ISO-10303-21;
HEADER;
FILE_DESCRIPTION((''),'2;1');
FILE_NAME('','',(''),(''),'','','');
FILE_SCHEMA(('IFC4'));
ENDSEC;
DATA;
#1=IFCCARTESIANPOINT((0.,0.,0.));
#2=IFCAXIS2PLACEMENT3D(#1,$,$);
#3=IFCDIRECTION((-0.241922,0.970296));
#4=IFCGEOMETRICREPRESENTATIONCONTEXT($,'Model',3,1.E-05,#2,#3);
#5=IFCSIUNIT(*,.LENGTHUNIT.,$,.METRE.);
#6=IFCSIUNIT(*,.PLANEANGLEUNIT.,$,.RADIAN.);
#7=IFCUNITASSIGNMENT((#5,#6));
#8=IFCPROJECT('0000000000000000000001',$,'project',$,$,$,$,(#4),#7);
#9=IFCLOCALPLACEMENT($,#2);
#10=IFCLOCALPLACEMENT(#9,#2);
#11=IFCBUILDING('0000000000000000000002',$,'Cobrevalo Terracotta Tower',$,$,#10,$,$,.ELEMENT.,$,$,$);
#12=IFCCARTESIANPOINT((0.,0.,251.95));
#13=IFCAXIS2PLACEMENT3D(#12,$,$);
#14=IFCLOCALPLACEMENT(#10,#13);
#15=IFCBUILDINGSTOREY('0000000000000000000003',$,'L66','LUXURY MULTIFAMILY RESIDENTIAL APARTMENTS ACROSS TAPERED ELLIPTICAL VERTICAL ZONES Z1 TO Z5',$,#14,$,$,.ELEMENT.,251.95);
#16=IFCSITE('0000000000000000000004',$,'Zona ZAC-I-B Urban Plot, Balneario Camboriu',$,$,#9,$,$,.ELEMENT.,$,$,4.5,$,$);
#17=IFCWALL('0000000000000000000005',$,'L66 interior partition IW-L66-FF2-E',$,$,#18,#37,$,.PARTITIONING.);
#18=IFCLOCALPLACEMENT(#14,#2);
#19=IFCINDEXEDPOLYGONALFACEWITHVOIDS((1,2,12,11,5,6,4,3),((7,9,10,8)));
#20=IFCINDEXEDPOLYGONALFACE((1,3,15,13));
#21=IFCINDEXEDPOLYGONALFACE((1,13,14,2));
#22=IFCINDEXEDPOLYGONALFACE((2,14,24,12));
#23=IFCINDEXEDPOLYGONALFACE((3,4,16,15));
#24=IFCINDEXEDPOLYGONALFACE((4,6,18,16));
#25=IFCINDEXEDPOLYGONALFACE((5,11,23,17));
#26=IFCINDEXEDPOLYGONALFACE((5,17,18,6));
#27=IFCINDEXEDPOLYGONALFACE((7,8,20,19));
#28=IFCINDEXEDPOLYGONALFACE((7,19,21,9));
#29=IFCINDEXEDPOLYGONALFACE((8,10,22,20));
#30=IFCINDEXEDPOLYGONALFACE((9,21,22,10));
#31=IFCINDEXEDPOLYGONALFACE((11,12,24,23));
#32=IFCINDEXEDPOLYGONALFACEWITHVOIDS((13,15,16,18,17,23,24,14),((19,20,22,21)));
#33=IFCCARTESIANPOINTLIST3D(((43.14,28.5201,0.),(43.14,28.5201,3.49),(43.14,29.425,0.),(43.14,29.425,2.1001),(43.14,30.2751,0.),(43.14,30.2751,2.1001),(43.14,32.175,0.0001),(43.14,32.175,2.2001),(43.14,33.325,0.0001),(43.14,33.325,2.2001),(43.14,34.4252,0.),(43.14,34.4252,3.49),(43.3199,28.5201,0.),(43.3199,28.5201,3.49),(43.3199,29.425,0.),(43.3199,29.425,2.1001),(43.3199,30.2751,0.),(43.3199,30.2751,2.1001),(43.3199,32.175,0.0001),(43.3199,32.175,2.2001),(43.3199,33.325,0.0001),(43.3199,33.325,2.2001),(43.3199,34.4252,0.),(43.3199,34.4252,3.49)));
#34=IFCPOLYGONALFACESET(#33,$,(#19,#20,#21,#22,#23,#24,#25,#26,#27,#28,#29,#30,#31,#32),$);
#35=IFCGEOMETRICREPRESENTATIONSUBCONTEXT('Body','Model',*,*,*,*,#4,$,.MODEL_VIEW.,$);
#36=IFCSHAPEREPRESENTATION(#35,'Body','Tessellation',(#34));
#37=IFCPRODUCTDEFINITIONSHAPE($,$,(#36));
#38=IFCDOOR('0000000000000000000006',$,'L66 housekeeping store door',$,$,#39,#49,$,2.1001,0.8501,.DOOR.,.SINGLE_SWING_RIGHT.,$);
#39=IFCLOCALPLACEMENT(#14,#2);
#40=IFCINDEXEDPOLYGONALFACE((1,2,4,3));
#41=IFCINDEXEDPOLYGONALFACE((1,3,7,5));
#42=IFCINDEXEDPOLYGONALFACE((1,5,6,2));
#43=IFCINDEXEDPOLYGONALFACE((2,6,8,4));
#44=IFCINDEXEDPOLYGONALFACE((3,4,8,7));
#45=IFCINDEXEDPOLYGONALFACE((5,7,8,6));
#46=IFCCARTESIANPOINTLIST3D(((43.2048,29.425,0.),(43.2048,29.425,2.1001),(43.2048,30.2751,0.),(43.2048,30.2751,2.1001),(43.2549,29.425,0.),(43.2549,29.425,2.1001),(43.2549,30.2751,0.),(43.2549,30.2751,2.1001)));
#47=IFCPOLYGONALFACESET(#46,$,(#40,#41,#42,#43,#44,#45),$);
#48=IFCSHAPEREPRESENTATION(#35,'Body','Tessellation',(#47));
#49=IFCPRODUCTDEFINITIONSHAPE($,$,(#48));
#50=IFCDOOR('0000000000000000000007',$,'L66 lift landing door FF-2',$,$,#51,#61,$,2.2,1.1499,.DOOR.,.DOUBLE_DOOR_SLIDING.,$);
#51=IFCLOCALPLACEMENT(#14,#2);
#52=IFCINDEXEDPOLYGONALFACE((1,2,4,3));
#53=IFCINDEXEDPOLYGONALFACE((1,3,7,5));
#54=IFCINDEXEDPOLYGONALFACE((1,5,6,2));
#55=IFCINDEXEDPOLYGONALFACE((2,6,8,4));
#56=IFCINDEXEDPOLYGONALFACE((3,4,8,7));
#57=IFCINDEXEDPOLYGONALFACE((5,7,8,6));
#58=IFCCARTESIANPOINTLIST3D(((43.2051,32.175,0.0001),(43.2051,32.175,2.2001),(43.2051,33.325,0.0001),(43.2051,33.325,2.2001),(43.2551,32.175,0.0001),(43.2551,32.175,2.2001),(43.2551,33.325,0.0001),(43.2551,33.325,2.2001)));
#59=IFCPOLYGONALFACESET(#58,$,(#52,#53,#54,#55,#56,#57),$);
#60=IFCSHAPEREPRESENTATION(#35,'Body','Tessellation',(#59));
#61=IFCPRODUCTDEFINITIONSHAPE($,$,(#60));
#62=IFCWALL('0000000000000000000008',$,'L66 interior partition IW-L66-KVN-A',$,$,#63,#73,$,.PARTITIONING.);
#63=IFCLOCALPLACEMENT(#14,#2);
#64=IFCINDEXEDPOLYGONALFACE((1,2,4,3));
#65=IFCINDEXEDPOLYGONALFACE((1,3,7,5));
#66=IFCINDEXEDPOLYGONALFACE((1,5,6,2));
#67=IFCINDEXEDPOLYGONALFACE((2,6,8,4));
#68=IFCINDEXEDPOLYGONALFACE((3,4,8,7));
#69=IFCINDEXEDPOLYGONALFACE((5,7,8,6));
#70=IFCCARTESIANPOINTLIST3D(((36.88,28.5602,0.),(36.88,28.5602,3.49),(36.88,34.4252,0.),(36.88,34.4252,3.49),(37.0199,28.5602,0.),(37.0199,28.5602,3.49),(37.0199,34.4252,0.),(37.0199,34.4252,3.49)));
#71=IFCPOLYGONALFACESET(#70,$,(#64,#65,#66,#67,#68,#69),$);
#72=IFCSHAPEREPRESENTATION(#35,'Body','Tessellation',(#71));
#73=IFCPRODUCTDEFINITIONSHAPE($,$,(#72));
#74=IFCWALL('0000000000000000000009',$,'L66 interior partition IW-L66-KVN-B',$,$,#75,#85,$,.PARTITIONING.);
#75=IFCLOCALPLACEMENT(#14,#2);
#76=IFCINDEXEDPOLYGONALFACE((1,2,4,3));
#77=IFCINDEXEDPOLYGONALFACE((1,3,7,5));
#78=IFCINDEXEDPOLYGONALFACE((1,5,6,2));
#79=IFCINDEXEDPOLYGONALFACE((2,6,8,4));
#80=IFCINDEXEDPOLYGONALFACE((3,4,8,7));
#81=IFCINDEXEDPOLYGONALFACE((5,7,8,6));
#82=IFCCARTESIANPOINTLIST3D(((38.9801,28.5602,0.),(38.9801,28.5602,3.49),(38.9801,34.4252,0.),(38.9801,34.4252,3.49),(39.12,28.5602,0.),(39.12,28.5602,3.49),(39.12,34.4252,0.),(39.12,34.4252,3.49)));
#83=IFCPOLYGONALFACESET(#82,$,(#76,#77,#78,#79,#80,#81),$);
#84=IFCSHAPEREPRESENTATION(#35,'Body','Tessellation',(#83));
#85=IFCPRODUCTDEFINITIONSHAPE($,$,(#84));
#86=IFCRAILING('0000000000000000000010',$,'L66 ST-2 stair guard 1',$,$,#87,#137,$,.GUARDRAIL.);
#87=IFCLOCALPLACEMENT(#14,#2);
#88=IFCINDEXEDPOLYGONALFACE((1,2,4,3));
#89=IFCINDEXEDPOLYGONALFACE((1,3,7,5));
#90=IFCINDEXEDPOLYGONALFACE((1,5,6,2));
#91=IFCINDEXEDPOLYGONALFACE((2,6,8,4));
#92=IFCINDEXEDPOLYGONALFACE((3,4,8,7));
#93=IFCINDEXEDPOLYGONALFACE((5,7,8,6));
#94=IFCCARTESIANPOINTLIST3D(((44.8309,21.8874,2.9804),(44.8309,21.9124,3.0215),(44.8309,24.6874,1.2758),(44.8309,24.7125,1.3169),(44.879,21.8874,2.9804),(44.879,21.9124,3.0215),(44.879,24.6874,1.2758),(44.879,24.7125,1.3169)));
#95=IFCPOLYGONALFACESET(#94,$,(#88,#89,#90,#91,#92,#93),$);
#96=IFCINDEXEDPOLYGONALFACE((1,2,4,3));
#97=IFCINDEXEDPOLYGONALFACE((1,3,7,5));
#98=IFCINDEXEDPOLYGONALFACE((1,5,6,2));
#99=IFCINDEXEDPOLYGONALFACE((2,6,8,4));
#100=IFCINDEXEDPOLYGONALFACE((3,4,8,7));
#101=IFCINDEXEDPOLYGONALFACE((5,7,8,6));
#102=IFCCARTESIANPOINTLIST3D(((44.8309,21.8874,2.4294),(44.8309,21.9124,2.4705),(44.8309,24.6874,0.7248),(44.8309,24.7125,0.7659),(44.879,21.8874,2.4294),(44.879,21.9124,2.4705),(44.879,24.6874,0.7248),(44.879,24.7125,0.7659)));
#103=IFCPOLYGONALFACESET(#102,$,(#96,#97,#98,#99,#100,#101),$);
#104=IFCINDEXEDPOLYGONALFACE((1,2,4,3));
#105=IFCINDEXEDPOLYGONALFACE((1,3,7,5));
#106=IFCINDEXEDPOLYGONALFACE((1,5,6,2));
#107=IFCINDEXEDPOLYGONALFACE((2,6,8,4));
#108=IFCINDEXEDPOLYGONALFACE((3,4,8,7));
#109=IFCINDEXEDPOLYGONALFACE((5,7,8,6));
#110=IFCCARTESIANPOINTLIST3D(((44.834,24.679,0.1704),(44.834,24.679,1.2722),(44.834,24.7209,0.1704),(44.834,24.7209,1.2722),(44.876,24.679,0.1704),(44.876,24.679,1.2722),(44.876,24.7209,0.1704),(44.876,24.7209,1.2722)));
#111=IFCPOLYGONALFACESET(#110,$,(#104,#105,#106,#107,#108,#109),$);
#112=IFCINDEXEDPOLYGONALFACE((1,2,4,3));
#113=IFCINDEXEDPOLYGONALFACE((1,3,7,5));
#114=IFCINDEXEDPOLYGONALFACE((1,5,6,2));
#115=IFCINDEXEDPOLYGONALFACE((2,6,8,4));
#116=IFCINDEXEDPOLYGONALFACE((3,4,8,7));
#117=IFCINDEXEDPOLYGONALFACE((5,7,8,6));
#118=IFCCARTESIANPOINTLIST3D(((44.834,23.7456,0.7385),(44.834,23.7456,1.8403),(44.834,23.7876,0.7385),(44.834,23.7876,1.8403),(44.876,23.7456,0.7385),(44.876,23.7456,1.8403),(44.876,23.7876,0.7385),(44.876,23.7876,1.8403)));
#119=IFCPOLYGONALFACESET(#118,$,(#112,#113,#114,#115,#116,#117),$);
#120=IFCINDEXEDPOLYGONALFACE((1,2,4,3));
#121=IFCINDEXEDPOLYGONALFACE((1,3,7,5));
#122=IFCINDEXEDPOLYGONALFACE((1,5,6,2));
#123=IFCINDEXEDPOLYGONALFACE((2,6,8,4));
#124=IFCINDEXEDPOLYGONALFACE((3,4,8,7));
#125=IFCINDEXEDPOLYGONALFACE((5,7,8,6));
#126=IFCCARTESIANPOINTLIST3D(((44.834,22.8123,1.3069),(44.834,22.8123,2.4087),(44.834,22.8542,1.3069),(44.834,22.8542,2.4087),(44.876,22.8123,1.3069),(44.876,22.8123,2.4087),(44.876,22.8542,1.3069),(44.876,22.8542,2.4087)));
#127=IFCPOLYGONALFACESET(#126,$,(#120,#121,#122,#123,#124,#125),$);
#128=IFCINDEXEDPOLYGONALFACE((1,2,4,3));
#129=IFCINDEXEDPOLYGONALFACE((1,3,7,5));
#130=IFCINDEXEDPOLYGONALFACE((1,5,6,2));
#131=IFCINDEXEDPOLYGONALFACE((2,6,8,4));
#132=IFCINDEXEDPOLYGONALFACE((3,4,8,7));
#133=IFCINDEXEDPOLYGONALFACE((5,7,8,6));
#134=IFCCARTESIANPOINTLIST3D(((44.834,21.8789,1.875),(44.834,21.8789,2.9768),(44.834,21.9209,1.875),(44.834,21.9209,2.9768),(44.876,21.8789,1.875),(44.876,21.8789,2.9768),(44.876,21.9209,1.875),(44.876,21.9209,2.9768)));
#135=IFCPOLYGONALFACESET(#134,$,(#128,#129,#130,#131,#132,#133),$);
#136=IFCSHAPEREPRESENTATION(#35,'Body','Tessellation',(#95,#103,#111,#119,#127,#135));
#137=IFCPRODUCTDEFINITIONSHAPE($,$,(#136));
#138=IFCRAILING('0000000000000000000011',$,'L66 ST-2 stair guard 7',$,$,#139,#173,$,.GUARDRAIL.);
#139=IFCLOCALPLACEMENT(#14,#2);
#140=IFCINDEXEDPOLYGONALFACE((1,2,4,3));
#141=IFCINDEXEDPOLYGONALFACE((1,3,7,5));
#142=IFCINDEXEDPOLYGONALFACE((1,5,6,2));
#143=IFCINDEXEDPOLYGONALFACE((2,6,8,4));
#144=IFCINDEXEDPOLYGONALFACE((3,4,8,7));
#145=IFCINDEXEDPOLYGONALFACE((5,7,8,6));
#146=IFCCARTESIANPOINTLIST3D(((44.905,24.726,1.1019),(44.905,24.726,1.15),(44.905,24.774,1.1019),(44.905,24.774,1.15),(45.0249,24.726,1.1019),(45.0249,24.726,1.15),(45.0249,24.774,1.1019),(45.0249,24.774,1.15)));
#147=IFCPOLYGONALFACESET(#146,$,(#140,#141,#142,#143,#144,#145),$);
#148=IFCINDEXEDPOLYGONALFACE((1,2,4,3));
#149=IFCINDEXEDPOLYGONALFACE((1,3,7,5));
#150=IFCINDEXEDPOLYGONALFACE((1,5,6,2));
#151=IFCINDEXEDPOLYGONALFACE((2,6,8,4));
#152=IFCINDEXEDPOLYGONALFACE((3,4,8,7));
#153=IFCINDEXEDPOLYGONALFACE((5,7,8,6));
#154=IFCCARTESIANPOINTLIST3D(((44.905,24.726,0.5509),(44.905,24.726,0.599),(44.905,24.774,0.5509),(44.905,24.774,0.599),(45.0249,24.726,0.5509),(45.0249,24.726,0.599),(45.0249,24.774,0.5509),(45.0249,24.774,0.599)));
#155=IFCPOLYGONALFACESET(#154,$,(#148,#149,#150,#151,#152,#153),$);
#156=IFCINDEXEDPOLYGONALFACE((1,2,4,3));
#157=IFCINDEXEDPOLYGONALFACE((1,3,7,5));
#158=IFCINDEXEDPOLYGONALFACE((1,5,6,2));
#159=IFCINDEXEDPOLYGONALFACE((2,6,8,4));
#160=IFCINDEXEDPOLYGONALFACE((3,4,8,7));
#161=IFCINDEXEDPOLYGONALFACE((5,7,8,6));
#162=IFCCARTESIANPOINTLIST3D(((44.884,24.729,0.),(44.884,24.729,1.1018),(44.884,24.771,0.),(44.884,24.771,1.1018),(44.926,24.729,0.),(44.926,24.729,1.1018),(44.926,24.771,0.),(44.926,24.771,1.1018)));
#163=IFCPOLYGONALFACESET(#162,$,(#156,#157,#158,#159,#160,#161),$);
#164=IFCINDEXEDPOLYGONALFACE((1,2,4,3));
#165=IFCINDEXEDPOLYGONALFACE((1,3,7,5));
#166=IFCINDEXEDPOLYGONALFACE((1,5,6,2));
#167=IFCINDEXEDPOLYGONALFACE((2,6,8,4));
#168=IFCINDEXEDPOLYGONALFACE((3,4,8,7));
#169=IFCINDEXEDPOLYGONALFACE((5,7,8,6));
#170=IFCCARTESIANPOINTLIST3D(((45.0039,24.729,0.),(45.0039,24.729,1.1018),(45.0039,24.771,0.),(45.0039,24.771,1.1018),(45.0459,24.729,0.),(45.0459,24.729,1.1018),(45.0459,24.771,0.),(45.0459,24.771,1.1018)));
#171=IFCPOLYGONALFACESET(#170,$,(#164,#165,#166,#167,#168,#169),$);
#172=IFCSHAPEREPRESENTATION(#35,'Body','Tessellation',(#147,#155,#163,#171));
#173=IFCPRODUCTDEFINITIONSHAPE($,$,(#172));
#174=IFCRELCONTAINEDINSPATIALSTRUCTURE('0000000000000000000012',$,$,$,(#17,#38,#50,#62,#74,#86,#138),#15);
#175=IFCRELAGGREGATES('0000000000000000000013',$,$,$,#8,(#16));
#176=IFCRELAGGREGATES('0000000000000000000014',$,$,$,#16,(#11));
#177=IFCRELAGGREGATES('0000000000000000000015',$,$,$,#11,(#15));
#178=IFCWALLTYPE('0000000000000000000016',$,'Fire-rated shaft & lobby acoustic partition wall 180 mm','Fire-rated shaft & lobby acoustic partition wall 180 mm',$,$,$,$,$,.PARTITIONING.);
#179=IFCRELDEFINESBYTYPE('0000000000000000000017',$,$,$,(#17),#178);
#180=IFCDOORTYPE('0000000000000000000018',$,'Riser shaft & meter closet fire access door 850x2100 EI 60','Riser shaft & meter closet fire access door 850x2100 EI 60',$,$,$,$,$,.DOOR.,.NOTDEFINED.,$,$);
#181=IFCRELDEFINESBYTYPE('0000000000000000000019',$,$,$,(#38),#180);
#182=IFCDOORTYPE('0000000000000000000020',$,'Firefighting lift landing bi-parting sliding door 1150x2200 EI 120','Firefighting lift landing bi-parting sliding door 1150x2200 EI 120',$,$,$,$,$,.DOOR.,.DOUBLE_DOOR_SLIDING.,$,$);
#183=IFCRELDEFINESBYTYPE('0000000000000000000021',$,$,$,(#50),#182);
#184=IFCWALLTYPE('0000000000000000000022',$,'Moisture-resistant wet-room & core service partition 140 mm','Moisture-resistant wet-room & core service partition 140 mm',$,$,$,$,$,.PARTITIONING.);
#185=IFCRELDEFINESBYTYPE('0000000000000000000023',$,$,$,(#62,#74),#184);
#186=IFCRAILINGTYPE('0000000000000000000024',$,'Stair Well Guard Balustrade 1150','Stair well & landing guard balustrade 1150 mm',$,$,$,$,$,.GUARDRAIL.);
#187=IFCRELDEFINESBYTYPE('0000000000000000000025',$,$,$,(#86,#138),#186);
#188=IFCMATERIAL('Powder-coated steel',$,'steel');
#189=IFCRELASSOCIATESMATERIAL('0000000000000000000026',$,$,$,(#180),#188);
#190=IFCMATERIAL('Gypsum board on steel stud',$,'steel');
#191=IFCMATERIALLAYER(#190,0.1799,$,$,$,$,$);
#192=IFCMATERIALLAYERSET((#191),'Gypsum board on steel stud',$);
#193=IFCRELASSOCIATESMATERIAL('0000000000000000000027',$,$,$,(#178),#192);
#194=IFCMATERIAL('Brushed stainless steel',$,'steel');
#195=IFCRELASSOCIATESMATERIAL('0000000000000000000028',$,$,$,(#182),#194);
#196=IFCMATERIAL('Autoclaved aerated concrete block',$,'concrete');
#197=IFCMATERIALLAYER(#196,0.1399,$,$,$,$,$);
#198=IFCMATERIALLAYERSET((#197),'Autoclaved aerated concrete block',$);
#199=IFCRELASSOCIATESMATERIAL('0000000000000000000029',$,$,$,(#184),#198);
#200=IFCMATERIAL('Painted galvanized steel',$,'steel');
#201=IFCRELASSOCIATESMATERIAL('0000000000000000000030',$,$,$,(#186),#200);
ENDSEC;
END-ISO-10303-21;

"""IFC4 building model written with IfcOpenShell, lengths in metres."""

from ifc_helpers import new_model, si_unit, direction, frame, frame_2d, origin, origin_2d, place, context, subcontext, project, spatial, rectangle, extrude, source, transform, mapped, material, layer, layer_set, type_object, element, fill, save


model = new_model("IFC4")

# Units and contexts
model_context = context("Model", 3, precision=1e-05, world=origin(), true_north=direction((-0.241922, 0.970296)))
body_context = subcontext(model_context, "Body", "Model", "MODEL_VIEW")
ifc_project = project(units=[si_unit("LENGTHUNIT", "METRE"), si_unit("PLANEANGLEUNIT", "RADIAN")], contexts=[model_context])

# Site, building, storey
site_placement = place(None, origin())
site = spatial("IfcSite", under=ifc_project, at=site_placement, Name="Zona ZAC-I-B Urban Plot, Balneario Camboriu", CompositionType="ELEMENT", RefElevation=4.5)
building_placement = place(site_placement, origin())
building = spatial("IfcBuilding", under=site, at=building_placement, Name="Cobrevalo Terracotta Tower", CompositionType="ELEMENT")
storey_placement = place(building_placement, frame((0.0, 0.0, 251.95)))
storey = spatial("IfcBuildingStorey", under=building, at=storey_placement, Name="L66", Description="LUXURY MULTIFAMILY RESIDENTIAL APARTMENTS ACROSS TAPERED ELLIPTICAL VERTICAL ZONES Z1 TO Z5", CompositionType="ELEMENT", Elevation=251.95)

# Shared definitions
ifc_material_1 = material(Name="Gypsum board on steel stud", Category="steel")

# Shared definitions
ifc_material_2 = material(Name="Powder-coated steel", Category="steel")
door_type_1 = type_object("IfcDoorType", Name="Riser shaft & meter closet fire access door 850x2100 EI 60", Description="Riser shaft & meter closet fire access door 850x2100 EI 60", OperationType="NOTDEFINED", PredefinedType="DOOR", material=ifc_material_2)
shared_shape_1 = source(origin(), body_context, "Body", "SweptSolid", [
    extrude(rectangle(XDim=0.8501, YDim=2.1001, at=frame_2d((0.425, 1.05))), frame((0.0, 0.0249, 0.0), z_axis=(0.0, -1.0, 0.0), x_axis=(1.0, 0.0, 0.0)), (0.0, 0.0, 1.0), 0.05),
])
ifc_material_3 = material(Name="Brushed stainless steel", Category="steel")

# Shared definitions
ifc_layer_1 = layer(ifc_material_1, 0.1799)
ifc_layer_set_1 = layer_set([ifc_layer_1], Name="Gypsum board on steel stud")
wall_type_1 = type_object("IfcWallType", Name="Fire-rated shaft & lobby acoustic partition wall 180 mm", Description="Fire-rated shaft & lobby acoustic partition wall 180 mm", PredefinedType="PARTITIONING", material=ifc_layer_set_1)

# Wall, openings, doors
wall_1_placement = place(storey_placement, frame((43.23, 28.52, 0.0), z_axis=(0.0, 0.0, 1.0), x_axis=(0.0, 1.0, 0.0)))
wall_1 = element("IfcWall", 1, at=wall_1_placement, inside=storey, type_object=wall_type_1, Name="L66 interior partition IW-L66-FF2-E", PredefinedType="PARTITIONING", context=body_context, shape_type="SweptSolid", body=[
    extrude(rectangle(XDim=5.905, YDim=0.1799, at=frame_2d((2.9526, 0.0))), origin(), (0.0, 0.0, 1.0), 3.49),
])
opening_1_placement = place(wall_1_placement, frame((0.905, 0.0, 0.0)))
opening_1 = element("IfcOpeningElement", 2, at=opening_1_placement, cuts=wall_1, PredefinedType="OPENING", context=body_context, shape_type="SweptSolid", body=[
    extrude(rectangle(XDim=0.8501, YDim=2.1001, at=frame_2d((0.425, 1.05))), frame((0.0, 0.1001, 0.0), z_axis=(0.0, -1.0, 0.0), x_axis=(1.0, 0.0, 0.0)), (0.0, 0.0, 1.0), 0.2),
])
opening_2_placement = place(wall_1_placement, frame((3.655, 0.0, 0.0)))
opening_2 = element("IfcOpeningElement", 3, at=opening_2_placement, cuts=wall_1, PredefinedType="OPENING", context=body_context, shape_type="SweptSolid", body=[
    extrude(rectangle(XDim=1.1499, YDim=2.2, at=frame_2d((0.575, 1.1001))), frame((0.0, 0.1001, 0.0), z_axis=(0.0, -1.0, 0.0), x_axis=(1.0, 0.0, 0.0)), (0.0, 0.0, 1.0), 0.2),
])
door_1_placement = place(opening_1_placement, frame((0.8501, 0.0, 0.0), z_axis=(0.0, 0.0, 1.0), x_axis=(-1.0, 0.0, 0.0)))
door_1 = element("IfcDoor", 4, at=door_1_placement, inside=storey, type_object=door_type_1, Name="L66 housekeeping store door", OperationType="SINGLE_SWING_RIGHT", OverallHeight=2.1001, OverallWidth=0.8501, PredefinedType="DOOR", context=body_context, shape_type="MappedRepresentation", body=[
    mapped(shared_shape_1, transform((0.0, 0.0, 0.0), scale=1.0)),
])
fill(opening_1, door_1)
door_type_2 = type_object("IfcDoorType", Name="Firefighting lift landing bi-parting sliding door 1150x2200 EI 120", Description="Firefighting lift landing bi-parting sliding door 1150x2200 EI 120", OperationType="DOUBLE_DOOR_SLIDING", PredefinedType="DOOR", material=ifc_material_3)
shared_shape_2 = source(origin(), body_context, "Body", "SweptSolid", [
    extrude(rectangle(XDim=1.1499, YDim=2.2, at=frame_2d((0.575, 1.1001))), frame((0.0, 0.0249, 0.0), z_axis=(0.0, -1.0, 0.0), x_axis=(1.0, 0.0, 0.0)), (0.0, 0.0, 1.0), 0.05),
])
door_2_placement = place(opening_2_placement, origin())
door_2 = element("IfcDoor", 5, at=door_2_placement, inside=storey, type_object=door_type_2, Name="L66 lift landing door FF-2", OperationType="DOUBLE_DOOR_SLIDING", OverallHeight=2.2, OverallWidth=1.1499, PredefinedType="DOOR", context=body_context, shape_type="MappedRepresentation", body=[
    mapped(shared_shape_2, transform((0.0, 0.0, 0.0), scale=1.0)),
])
fill(opening_2, door_2)

# Walls
ifc_material_4 = material(Name="Autoclaved aerated concrete block", Category="concrete")
ifc_layer_2 = layer(ifc_material_4, 0.1399)
ifc_layer_set_2 = layer_set([ifc_layer_2], Name="Autoclaved aerated concrete block")
wall_type_2 = type_object("IfcWallType", Name="Moisture-resistant wet-room & core service partition 140 mm", Description="Moisture-resistant wet-room & core service partition 140 mm", PredefinedType="PARTITIONING", material=ifc_layer_set_2)
for number, where, z_axis, x_axis, name in (
    (6, (36.95, 28.5601, 0.0), (0.0, 0.0, 1.0), (0.0, 1.0, 0.0), "L66 interior partition IW-L66-KVN-A"),
    (7, (39.05, 28.5601, 0.0), (0.0, 0.0, 1.0), (0.0, 1.0, 0.0), "L66 interior partition IW-L66-KVN-B"),
):
    element("IfcWall", number, at=place(storey_placement, frame(where, z_axis=z_axis, x_axis=x_axis)), inside=storey, type_object=wall_type_2, Name=name, PredefinedType="PARTITIONING", context=body_context, shape_type="SweptSolid", body=[
        extrude(rectangle(XDim=5.865, YDim=0.1399, at=frame_2d((2.9326, 0.0))), origin(), (0.0, 0.0, 1.0), 3.49),
    ])

# Railings
ifc_material_5 = material(Name="Painted galvanized steel", Category="steel")
railing_type = type_object("IfcRailingType", Name="Stair Well Guard Balustrade 1150", Description="Stair well & landing guard balustrade 1150 mm", PredefinedType="GUARDRAIL", material=ifc_material_5)
railing_1_placement = place(storey_placement, frame((44.855, 24.7, 0.1704)))
element("IfcRailing", 8, at=railing_1_placement, inside=storey, type_object=railing_type, Name="L66 ST-2 stair guard 1", PredefinedType="GUARDRAIL", context=body_context, shape_type="SweptSolid", body=[
    extrude(rectangle(XDim=0.0481, YDim=0.0481, at=origin_2d()), frame((0.0, 0.0, 1.126), z_axis=(0.0, -0.85417, 0.519994), x_axis=(1.0, 0.0, 0.0)), (0.0, 0.0, 1.0), 3.2781),
    extrude(rectangle(XDim=0.0481, YDim=0.0481, at=origin_2d()), frame((0.0, 0.0, 0.575), z_axis=(0.0, -0.85417, 0.519994), x_axis=(1.0, 0.0, 0.0)), (0.0, 0.0, 1.0), 3.2781),
    extrude(rectangle(XDim=0.042, YDim=0.042, at=origin_2d()), origin(), (0.0, 0.0, 1.0), 1.1018),
    extrude(rectangle(XDim=0.042, YDim=0.042, at=origin_2d()), frame((0.0, -0.9333, 0.5681)), (0.0, 0.0, 1.0), 1.1018),
    extrude(rectangle(XDim=0.042, YDim=0.042, at=origin_2d()), frame((0.0, -1.8667, 1.1365)), (0.0, 0.0, 1.0), 1.1018),
    extrude(rectangle(XDim=0.042, YDim=0.042, at=origin_2d()), frame((0.0, -2.8, 1.7046)), (0.0, 0.0, 1.0), 1.1018),
])
railing_2_placement = place(storey_placement, frame((44.905, 24.75, 0.0)))
element("IfcRailing", 9, at=railing_2_placement, inside=storey, type_object=railing_type, Name="L66 ST-2 stair guard 7", PredefinedType="GUARDRAIL", context=body_context, shape_type="SweptSolid", body=[
    extrude(rectangle(XDim=0.0481, YDim=0.0481, at=origin_2d()), frame((0.0, 0.0, 1.126), z_axis=(1.0, 0.0, 0.0), x_axis=(0.0, 1.0, 0.0)), (0.0, 0.0, 1.0), 0.1199),
    extrude(rectangle(XDim=0.0481, YDim=0.0481, at=origin_2d()), frame((0.0, 0.0, 0.575), z_axis=(1.0, 0.0, 0.0), x_axis=(0.0, 1.0, 0.0)), (0.0, 0.0, 1.0), 0.1199),
    extrude(rectangle(XDim=0.042, YDim=0.042, at=origin_2d()), origin(), (0.0, 0.0, 1.0), 1.1018),
    extrude(rectangle(XDim=0.042, YDim=0.042, at=origin_2d()), frame((0.1199, 0.0, 0.0)), (0.0, 0.0, 1.0), 1.1018),
])

save(model, "model.ifc")
